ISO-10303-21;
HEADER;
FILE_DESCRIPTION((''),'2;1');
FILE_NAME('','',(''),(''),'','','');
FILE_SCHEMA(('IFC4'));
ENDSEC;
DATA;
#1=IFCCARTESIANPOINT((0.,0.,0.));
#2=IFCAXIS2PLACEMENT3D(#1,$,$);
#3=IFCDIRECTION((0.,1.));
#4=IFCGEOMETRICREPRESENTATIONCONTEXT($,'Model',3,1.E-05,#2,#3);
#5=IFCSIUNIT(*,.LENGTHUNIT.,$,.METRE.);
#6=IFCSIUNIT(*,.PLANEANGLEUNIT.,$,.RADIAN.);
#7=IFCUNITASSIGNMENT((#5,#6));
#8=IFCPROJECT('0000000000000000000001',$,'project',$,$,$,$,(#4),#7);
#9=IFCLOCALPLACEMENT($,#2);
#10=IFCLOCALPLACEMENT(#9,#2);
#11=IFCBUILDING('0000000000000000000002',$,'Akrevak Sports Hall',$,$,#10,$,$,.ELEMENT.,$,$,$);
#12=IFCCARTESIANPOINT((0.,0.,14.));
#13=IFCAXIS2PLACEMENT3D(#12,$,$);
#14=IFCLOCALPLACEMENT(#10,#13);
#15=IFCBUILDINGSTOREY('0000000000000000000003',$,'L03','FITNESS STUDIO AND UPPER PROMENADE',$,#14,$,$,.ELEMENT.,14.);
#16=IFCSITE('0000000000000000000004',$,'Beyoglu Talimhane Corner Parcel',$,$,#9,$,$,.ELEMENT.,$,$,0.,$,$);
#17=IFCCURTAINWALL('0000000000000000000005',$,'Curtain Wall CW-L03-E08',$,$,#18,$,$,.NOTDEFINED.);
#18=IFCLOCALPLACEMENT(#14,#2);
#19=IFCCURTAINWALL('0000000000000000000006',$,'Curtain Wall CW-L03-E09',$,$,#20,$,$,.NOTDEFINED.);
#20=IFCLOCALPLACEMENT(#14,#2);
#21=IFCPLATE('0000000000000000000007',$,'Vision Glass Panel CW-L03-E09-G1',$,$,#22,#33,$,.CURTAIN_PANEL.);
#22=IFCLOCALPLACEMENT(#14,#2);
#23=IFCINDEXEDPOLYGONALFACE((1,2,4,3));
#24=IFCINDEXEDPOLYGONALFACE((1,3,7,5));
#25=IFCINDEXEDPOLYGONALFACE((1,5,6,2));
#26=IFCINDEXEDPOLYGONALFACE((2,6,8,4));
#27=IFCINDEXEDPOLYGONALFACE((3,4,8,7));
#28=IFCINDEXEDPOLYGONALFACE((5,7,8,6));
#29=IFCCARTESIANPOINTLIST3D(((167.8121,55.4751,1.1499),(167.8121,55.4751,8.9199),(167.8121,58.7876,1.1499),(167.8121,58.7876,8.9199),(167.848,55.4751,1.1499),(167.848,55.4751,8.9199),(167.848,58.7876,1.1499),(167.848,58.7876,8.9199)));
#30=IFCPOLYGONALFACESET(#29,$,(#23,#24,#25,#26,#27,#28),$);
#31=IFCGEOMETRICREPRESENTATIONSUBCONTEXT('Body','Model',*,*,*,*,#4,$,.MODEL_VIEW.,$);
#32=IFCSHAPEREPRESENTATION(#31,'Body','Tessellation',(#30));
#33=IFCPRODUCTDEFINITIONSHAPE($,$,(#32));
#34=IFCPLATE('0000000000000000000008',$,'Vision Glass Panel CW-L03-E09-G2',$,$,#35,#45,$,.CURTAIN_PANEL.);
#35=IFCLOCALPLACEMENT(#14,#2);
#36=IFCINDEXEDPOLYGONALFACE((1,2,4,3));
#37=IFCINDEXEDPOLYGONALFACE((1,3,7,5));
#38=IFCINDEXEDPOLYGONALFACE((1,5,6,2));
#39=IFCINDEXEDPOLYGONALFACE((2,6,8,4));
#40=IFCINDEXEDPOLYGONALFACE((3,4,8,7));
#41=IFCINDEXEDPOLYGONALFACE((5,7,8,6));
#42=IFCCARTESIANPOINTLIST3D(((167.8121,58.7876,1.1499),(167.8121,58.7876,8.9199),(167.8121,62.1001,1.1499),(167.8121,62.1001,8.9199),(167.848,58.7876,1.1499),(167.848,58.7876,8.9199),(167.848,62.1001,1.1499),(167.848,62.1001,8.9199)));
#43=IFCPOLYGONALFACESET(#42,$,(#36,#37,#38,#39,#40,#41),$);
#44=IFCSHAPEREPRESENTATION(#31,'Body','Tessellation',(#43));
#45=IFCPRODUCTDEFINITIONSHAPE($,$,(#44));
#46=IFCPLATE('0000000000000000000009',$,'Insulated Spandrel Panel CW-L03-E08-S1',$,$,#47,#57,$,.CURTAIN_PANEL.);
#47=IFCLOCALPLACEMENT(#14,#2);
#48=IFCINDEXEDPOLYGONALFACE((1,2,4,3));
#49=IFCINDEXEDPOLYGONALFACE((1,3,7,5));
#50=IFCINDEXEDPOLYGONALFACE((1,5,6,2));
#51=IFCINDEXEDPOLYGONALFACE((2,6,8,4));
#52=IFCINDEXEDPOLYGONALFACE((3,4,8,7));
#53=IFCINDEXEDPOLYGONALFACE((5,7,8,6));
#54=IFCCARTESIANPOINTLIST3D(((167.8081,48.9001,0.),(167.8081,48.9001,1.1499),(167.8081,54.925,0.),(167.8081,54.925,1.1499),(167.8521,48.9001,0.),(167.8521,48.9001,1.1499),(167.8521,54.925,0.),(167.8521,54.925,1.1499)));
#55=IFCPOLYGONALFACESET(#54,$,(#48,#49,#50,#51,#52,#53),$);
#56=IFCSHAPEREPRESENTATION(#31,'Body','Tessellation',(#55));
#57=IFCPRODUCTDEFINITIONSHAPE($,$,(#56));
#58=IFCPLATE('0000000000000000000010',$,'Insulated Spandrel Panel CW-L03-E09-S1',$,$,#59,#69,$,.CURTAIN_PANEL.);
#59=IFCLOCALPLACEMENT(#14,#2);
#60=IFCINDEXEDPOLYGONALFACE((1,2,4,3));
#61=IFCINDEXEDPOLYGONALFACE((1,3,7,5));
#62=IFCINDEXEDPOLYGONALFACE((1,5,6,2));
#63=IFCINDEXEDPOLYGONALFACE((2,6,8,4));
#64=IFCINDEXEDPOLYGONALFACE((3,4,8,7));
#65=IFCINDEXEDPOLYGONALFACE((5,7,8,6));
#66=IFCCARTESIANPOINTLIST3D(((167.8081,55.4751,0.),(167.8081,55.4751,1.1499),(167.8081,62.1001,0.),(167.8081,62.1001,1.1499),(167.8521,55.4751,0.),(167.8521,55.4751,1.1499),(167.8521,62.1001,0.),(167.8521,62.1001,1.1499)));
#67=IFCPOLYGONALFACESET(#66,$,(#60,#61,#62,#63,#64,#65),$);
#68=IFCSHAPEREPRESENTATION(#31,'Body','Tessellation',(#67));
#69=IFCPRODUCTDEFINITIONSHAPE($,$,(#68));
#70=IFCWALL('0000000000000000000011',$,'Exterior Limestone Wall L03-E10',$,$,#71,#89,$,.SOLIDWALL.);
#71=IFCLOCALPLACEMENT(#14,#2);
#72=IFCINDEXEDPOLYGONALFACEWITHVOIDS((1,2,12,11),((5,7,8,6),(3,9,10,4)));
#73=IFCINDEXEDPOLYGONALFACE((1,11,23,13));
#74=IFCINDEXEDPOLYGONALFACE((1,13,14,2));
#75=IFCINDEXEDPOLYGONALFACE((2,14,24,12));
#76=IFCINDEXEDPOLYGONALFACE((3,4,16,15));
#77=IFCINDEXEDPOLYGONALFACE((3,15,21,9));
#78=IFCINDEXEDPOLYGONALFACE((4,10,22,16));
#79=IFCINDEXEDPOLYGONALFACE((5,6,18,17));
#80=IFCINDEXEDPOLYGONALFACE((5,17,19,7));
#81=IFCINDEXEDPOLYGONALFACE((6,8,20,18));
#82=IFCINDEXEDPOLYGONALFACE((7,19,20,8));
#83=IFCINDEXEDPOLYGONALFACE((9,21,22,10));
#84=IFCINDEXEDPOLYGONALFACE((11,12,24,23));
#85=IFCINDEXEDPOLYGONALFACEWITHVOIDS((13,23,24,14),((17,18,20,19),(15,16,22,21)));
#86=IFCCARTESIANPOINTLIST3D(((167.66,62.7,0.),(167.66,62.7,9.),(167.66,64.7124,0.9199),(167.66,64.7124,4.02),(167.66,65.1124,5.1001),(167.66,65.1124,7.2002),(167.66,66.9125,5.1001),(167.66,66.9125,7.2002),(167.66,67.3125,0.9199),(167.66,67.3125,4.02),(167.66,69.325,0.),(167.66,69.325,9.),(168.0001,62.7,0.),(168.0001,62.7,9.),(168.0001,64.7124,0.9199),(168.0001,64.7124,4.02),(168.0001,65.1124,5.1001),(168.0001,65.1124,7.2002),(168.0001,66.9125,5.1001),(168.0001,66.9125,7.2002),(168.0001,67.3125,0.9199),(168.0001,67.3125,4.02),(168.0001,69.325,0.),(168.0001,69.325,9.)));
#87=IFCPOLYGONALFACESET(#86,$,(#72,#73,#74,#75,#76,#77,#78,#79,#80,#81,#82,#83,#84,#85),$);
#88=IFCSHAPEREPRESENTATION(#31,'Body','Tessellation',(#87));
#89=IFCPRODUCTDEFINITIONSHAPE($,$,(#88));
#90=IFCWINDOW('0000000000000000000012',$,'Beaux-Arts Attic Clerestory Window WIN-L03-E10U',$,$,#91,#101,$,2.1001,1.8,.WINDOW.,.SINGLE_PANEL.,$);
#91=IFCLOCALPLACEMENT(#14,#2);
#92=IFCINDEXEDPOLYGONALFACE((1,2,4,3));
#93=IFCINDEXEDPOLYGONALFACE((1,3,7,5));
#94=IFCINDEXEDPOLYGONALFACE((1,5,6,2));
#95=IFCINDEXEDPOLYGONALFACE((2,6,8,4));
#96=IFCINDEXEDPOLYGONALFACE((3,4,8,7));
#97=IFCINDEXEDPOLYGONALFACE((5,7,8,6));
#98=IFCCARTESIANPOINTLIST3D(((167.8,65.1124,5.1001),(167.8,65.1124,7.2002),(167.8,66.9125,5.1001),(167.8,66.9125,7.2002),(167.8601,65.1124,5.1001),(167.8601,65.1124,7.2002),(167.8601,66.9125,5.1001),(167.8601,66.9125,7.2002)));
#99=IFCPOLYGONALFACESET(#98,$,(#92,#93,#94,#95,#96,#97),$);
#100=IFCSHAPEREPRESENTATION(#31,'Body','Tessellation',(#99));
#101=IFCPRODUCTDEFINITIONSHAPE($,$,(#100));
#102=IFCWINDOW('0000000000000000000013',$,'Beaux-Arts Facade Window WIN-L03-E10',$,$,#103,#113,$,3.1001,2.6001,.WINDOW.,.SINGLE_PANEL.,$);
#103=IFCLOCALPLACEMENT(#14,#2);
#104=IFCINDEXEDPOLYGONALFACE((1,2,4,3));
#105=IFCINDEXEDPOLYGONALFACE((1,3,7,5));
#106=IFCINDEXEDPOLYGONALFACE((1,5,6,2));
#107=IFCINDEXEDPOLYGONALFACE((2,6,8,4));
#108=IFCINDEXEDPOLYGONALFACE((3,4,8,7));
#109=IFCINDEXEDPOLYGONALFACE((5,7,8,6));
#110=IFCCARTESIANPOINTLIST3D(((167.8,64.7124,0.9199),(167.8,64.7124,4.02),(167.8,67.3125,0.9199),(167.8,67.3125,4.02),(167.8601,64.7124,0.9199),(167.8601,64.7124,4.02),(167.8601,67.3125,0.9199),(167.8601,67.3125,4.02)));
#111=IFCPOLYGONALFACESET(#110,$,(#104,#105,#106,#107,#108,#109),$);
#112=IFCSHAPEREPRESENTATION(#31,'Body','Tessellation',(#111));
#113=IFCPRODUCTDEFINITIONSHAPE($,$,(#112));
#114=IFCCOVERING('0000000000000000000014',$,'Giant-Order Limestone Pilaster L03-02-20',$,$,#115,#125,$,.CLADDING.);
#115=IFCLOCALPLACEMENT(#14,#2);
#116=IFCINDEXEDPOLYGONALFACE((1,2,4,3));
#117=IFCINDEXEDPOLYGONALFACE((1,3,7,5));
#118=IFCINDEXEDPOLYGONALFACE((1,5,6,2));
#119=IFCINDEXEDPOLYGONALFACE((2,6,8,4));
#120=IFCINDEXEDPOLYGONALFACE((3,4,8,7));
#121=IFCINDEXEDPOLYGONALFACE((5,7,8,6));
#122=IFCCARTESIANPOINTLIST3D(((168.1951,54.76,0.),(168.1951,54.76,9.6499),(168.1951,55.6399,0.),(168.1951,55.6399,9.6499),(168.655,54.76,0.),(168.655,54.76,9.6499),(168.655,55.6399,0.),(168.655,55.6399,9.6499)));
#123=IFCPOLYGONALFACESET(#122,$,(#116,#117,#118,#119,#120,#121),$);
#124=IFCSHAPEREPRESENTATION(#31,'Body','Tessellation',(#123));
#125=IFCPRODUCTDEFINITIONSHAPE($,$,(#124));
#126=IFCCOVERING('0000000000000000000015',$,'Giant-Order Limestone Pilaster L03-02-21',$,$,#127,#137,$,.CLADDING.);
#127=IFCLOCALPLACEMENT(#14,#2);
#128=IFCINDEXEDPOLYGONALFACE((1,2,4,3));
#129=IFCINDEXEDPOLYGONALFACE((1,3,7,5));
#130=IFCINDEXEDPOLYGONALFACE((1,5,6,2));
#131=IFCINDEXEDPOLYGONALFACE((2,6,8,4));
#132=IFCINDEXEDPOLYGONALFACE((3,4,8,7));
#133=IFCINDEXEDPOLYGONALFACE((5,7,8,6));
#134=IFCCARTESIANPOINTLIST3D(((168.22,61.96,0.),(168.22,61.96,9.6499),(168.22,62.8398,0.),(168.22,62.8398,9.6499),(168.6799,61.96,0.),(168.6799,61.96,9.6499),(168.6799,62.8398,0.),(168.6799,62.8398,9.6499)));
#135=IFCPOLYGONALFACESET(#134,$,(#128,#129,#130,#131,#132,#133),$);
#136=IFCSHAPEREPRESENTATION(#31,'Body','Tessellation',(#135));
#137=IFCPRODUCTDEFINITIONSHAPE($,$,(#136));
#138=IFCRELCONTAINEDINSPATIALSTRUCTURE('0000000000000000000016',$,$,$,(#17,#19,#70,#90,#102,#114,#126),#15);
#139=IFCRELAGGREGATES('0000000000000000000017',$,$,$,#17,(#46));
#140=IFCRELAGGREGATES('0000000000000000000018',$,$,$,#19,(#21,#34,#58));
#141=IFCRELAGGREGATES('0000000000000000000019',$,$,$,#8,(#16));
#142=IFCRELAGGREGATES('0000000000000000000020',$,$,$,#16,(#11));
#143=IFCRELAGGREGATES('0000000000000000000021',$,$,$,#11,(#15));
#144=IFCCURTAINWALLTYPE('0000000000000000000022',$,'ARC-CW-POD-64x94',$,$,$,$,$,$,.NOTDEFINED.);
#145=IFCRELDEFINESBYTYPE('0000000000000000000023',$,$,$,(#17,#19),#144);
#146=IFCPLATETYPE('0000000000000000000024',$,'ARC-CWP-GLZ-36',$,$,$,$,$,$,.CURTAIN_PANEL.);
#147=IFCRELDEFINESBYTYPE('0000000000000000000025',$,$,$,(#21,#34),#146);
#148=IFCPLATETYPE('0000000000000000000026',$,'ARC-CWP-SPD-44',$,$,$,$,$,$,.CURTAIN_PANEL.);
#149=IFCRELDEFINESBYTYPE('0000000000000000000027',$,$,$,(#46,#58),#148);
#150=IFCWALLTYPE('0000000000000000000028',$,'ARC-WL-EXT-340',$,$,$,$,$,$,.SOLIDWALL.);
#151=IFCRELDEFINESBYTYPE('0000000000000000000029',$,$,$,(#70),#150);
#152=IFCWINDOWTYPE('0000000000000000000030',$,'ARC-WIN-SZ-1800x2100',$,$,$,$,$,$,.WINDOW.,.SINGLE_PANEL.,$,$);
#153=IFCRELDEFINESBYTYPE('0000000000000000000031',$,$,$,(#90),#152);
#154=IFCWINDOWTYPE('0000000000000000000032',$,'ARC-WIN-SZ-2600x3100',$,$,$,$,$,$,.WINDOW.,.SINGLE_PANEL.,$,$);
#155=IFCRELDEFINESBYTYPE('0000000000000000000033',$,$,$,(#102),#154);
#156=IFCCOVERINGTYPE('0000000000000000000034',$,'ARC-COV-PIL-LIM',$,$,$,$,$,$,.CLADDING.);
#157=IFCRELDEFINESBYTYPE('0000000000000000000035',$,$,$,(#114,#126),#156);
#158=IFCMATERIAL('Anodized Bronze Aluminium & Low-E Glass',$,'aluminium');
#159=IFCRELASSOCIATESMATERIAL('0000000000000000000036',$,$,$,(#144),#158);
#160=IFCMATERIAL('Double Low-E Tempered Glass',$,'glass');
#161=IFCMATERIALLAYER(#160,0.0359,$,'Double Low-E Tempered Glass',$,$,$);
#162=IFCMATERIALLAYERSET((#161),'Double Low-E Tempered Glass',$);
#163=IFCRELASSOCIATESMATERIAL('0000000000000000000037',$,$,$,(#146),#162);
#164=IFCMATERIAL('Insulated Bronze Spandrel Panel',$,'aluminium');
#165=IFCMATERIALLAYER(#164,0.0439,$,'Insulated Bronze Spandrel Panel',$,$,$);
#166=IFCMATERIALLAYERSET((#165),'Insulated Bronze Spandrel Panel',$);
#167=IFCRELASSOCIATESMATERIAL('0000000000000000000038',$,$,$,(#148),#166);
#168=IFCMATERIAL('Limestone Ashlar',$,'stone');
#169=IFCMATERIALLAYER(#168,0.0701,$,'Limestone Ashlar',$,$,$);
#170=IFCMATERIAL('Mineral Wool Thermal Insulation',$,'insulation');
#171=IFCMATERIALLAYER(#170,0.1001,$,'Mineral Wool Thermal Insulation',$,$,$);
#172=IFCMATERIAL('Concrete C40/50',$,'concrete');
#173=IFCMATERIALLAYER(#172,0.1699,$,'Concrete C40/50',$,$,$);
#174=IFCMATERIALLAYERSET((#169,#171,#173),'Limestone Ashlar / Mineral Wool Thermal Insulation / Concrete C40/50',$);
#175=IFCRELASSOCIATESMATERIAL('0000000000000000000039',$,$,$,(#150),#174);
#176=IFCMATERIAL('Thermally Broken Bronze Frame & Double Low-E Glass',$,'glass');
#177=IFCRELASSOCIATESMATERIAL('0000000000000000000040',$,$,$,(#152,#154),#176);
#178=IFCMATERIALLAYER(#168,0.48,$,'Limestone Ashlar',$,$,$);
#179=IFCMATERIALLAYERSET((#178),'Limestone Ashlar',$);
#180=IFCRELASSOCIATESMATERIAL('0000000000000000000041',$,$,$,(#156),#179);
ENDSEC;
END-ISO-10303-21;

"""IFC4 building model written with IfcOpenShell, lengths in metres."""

from ifc_helpers import new_model, si_unit, direction, frame, frame_2d, origin, origin_2d, place, context, subcontext, project, spatial, rectangle, extrude, material, layer, layer_set, type_object, element, fill, aggregate, save


model = new_model("IFC4")

# Units and contexts
model_context = context("Model", 3, precision=1e-05, world=origin(), true_north=direction((0.0, 1.0)))
body_context = subcontext(model_context, "Body", "Model", "MODEL_VIEW")
ifc_project = project(units=[si_unit("LENGTHUNIT", "METRE"), si_unit("PLANEANGLEUNIT", "RADIAN")], contexts=[model_context])

# Site, building, storey
site_placement = place(None, origin())
site = spatial("IfcSite", under=ifc_project, at=site_placement, Name="Beyoglu Talimhane Corner Parcel", CompositionType="ELEMENT", RefElevation=0.0)
building_placement = place(site_placement, origin())
building = spatial("IfcBuilding", under=site, at=building_placement, Name="Akrevak Sports Hall", CompositionType="ELEMENT")
storey_placement = place(building_placement, frame((0.0, 0.0, 14.0)))
storey = spatial("IfcBuildingStorey", under=building, at=storey_placement, Name="L03", Description="FITNESS STUDIO AND UPPER PROMENADE", CompositionType="ELEMENT", Elevation=14.0)

# Shared definitions
ifc_material_1 = material(Name="Concrete C40/50", Category="concrete")

# Curtain wall
ifc_material_2 = material(Name="Anodized Bronze Aluminium & Low-E Glass", Category="aluminium")
curtain_wall_type = type_object("IfcCurtainWallType", Name="ARC-CW-POD-64x94", PredefinedType="NOTDEFINED", material=ifc_material_2)
curtain_wall_1_placement = place(storey_placement, origin())
curtain_wall_1 = element("IfcCurtainWall", 1, at=curtain_wall_1_placement, inside=storey, type_object=curtain_wall_type, Name="Curtain Wall CW-L03-E08", PredefinedType="NOTDEFINED")

# Curtain wall
curtain_wall_2_placement = place(storey_placement, origin())
curtain_wall_2 = element("IfcCurtainWall", 2, at=curtain_wall_2_placement, inside=storey, type_object=curtain_wall_type, Name="Curtain Wall CW-L03-E09", PredefinedType="NOTDEFINED")

# Plates
ifc_material_3 = material(Name="Double Low-E Tempered Glass", Category="glass")
ifc_layer_1 = layer(ifc_material_3, 0.0359, Name="Double Low-E Tempered Glass")
ifc_layer_set_1 = layer_set([ifc_layer_1], Name="Double Low-E Tempered Glass")
plate_type_1 = type_object("IfcPlateType", Name="ARC-CWP-GLZ-36", PredefinedType="CURTAIN_PANEL", material=ifc_layer_set_1)
plate_1_placement = place(storey_placement, frame((167.8301, 57.1313, 1.1499), z_axis=(0.0, 0.0, 1.0), x_axis=(0.0, 1.0, 0.0)))
plate_1 = element("IfcPlate", 3, at=plate_1_placement, type_object=plate_type_1, Name="Vision Glass Panel CW-L03-E09-G1", PredefinedType="CURTAIN_PANEL", context=body_context, shape_type="SweptSolid", body=[
    extrude(rectangle(XDim=3.3125, YDim=0.0359, at=origin_2d()), origin(), (0.0, 0.0, 1.0), 7.77),
])
plate_2_placement = place(storey_placement, frame((167.8301, 60.4438, 1.1499), z_axis=(0.0, 0.0, 1.0), x_axis=(0.0, 1.0, 0.0)))
plate_2 = element("IfcPlate", 4, at=plate_2_placement, type_object=plate_type_1, Name="Vision Glass Panel CW-L03-E09-G2", PredefinedType="CURTAIN_PANEL", context=body_context, shape_type="SweptSolid", body=[
    extrude(rectangle(XDim=3.3125, YDim=0.0359, at=origin_2d()), origin(), (0.0, 0.0, 1.0), 7.77),
])
ifc_material_4 = material(Name="Insulated Bronze Spandrel Panel", Category="aluminium")
ifc_layer_2 = layer(ifc_material_4, 0.0439, Name="Insulated Bronze Spandrel Panel")
ifc_layer_set_2 = layer_set([ifc_layer_2], Name="Insulated Bronze Spandrel Panel")
plate_type_2 = type_object("IfcPlateType", Name="ARC-CWP-SPD-44", PredefinedType="CURTAIN_PANEL", material=ifc_layer_set_2)
plate_3_placement = place(storey_placement, frame((167.8301, 51.9126, 0.0), z_axis=(0.0, 0.0, 1.0), x_axis=(0.0, 1.0, 0.0)))
plate_3 = element("IfcPlate", 5, at=plate_3_placement, type_object=plate_type_2, Name="Insulated Spandrel Panel CW-L03-E08-S1", PredefinedType="CURTAIN_PANEL", context=body_context, shape_type="SweptSolid", body=[
    extrude(rectangle(XDim=6.0249, YDim=0.0439, at=origin_2d()), origin(), (0.0, 0.0, 1.0), 1.1499),
])
aggregate(curtain_wall_1, [plate_3])
plate_4_placement = place(storey_placement, frame((167.8301, 58.7876, 0.0), z_axis=(0.0, 0.0, 1.0), x_axis=(0.0, 1.0, 0.0)))
plate_4 = element("IfcPlate", 6, at=plate_4_placement, type_object=plate_type_2, Name="Insulated Spandrel Panel CW-L03-E09-S1", PredefinedType="CURTAIN_PANEL", context=body_context, shape_type="SweptSolid", body=[
    extrude(rectangle(XDim=6.625, YDim=0.0439, at=origin_2d()), origin(), (0.0, 0.0, 1.0), 1.1499),
])
aggregate(curtain_wall_2, [plate_1, plate_2, plate_4])

# Wall, openings, windows
ifc_material_5 = material(Name="Limestone Ashlar", Category="stone")
ifc_layer_3 = layer(ifc_material_5, 0.0701, Name="Limestone Ashlar")
ifc_material_6 = material(Name="Mineral Wool Thermal Insulation", Category="insulation")
ifc_layer_4 = layer(ifc_material_6, 0.1001, Name="Mineral Wool Thermal Insulation")
ifc_layer_5 = layer(ifc_material_1, 0.1699, Name="Concrete C40/50")
ifc_layer_set_3 = layer_set([ifc_layer_3, ifc_layer_4, ifc_layer_5], Name="Limestone Ashlar / Mineral Wool Thermal Insulation / Concrete C40/50")
wall_type = type_object("IfcWallType", Name="ARC-WL-EXT-340", PredefinedType="SOLIDWALL", material=ifc_layer_set_3)
wall_placement = place(storey_placement, frame((167.8301, 62.7, 0.0), z_axis=(0.0, 0.0, 1.0), x_axis=(0.0, 1.0, 0.0)))
wall = element("IfcWall", 7, at=wall_placement, inside=storey, type_object=wall_type, Name="Exterior Limestone Wall L03-E10", PredefinedType="SOLIDWALL", context=body_context, shape_type="SweptSolid", body=[
    extrude(rectangle(XDim=6.625, YDim=0.3401, at=frame_2d((3.3125, 0.0))), origin(), (0.0, 0.0, 1.0), 9.0),
])
opening_1_placement = place(wall_placement, frame((2.0125, 0.0, 0.9199)))
opening_1 = element("IfcOpeningElement", 8, at=opening_1_placement, cuts=wall, PredefinedType="OPENING", context=body_context, shape_type="SweptSolid", body=[
    extrude(rectangle(XDim=2.6001, YDim=3.1001, at=frame_2d((1.3, 1.55))), frame((0.0, 0.1821, 0.0), z_axis=(0.0, -1.0, 0.0), x_axis=(1.0, 0.0, 0.0)), (0.0, 0.0, 1.0), 0.364),
])
opening_2_placement = place(wall_placement, frame((2.4126, 0.0, 5.1001)))
opening_2 = element("IfcOpeningElement", 9, at=opening_2_placement, cuts=wall, PredefinedType="OPENING", context=body_context, shape_type="SweptSolid", body=[
    extrude(rectangle(XDim=1.8, YDim=2.1001, at=frame_2d((0.8999, 1.05))), frame((0.0, 0.1821, 0.0), z_axis=(0.0, -1.0, 0.0), x_axis=(1.0, 0.0, 0.0)), (0.0, 0.0, 1.0), 0.364),
])
ifc_material_7 = material(Name="Thermally Broken Bronze Frame & Double Low-E Glass", Category="glass")
window_type_1 = type_object("IfcWindowType", Name="ARC-WIN-SZ-1800x2100", PartitioningType="SINGLE_PANEL", PredefinedType="WINDOW", material=ifc_material_7)
window_1_placement = place(opening_2_placement, origin())
window_1 = element("IfcWindow", 10, at=window_1_placement, inside=storey, type_object=window_type_1, Name="Beaux-Arts Attic Clerestory Window WIN-L03-E10U", OverallHeight=2.1001, OverallWidth=1.8, PartitioningType="SINGLE_PANEL", PredefinedType="WINDOW", context=body_context, shape_type="SweptSolid", body=[
    extrude(rectangle(XDim=1.8, YDim=2.1001, at=frame_2d((0.8999, 1.05))), frame((0.0, 0.03, 0.0), z_axis=(0.0, -1.0, 0.0), x_axis=(1.0, 0.0, 0.0)), (0.0, 0.0, 1.0), 0.0601),
])
fill(opening_2, window_1)
window_type_2 = type_object("IfcWindowType", Name="ARC-WIN-SZ-2600x3100", PartitioningType="SINGLE_PANEL", PredefinedType="WINDOW", material=ifc_material_7)
window_2_placement = place(opening_1_placement, origin())
window_2 = element("IfcWindow", 11, at=window_2_placement, inside=storey, type_object=window_type_2, Name="Beaux-Arts Facade Window WIN-L03-E10", OverallHeight=3.1001, OverallWidth=2.6001, PartitioningType="SINGLE_PANEL", PredefinedType="WINDOW", context=body_context, shape_type="SweptSolid", body=[
    extrude(rectangle(XDim=2.6001, YDim=3.1001, at=frame_2d((1.3, 1.55))), frame((0.0, 0.03, 0.0), z_axis=(0.0, -1.0, 0.0), x_axis=(1.0, 0.0, 0.0)), (0.0, 0.0, 1.0), 0.0601),
])
fill(opening_1, window_2)

# Coverings
ifc_layer_6 = layer(ifc_material_5, 0.48, Name="Limestone Ashlar")
ifc_layer_set_4 = layer_set([ifc_layer_6], Name="Limestone Ashlar")
covering_type = type_object("IfcCoveringType", Name="ARC-COV-PIL-LIM", PredefinedType="CLADDING", material=ifc_layer_set_4)
for number, where, z_axis, x_axis, name in (
    (12, (168.425, 55.2, 0.0), (0.0, 0.0, 1.0), (0.0, 1.0, 0.0), "Giant-Order Limestone Pilaster L03-02-20"),
    (13, (168.45, 62.3999, 0.0), (0.0, 0.0, 1.0), (0.0, 1.0, 0.0), "Giant-Order Limestone Pilaster L03-02-21"),
):
    element("IfcCovering", number, at=place(storey_placement, frame(where, z_axis=z_axis, x_axis=x_axis)), inside=storey, type_object=covering_type, Name=name, PredefinedType="CLADDING", context=body_context, shape_type="SweptSolid", body=[
        extrude(rectangle(XDim=0.8799, YDim=0.46, at=origin_2d()), origin(), (0.0, 0.0, 1.0), 9.6499),
    ])

save(model, "model.ifc")
